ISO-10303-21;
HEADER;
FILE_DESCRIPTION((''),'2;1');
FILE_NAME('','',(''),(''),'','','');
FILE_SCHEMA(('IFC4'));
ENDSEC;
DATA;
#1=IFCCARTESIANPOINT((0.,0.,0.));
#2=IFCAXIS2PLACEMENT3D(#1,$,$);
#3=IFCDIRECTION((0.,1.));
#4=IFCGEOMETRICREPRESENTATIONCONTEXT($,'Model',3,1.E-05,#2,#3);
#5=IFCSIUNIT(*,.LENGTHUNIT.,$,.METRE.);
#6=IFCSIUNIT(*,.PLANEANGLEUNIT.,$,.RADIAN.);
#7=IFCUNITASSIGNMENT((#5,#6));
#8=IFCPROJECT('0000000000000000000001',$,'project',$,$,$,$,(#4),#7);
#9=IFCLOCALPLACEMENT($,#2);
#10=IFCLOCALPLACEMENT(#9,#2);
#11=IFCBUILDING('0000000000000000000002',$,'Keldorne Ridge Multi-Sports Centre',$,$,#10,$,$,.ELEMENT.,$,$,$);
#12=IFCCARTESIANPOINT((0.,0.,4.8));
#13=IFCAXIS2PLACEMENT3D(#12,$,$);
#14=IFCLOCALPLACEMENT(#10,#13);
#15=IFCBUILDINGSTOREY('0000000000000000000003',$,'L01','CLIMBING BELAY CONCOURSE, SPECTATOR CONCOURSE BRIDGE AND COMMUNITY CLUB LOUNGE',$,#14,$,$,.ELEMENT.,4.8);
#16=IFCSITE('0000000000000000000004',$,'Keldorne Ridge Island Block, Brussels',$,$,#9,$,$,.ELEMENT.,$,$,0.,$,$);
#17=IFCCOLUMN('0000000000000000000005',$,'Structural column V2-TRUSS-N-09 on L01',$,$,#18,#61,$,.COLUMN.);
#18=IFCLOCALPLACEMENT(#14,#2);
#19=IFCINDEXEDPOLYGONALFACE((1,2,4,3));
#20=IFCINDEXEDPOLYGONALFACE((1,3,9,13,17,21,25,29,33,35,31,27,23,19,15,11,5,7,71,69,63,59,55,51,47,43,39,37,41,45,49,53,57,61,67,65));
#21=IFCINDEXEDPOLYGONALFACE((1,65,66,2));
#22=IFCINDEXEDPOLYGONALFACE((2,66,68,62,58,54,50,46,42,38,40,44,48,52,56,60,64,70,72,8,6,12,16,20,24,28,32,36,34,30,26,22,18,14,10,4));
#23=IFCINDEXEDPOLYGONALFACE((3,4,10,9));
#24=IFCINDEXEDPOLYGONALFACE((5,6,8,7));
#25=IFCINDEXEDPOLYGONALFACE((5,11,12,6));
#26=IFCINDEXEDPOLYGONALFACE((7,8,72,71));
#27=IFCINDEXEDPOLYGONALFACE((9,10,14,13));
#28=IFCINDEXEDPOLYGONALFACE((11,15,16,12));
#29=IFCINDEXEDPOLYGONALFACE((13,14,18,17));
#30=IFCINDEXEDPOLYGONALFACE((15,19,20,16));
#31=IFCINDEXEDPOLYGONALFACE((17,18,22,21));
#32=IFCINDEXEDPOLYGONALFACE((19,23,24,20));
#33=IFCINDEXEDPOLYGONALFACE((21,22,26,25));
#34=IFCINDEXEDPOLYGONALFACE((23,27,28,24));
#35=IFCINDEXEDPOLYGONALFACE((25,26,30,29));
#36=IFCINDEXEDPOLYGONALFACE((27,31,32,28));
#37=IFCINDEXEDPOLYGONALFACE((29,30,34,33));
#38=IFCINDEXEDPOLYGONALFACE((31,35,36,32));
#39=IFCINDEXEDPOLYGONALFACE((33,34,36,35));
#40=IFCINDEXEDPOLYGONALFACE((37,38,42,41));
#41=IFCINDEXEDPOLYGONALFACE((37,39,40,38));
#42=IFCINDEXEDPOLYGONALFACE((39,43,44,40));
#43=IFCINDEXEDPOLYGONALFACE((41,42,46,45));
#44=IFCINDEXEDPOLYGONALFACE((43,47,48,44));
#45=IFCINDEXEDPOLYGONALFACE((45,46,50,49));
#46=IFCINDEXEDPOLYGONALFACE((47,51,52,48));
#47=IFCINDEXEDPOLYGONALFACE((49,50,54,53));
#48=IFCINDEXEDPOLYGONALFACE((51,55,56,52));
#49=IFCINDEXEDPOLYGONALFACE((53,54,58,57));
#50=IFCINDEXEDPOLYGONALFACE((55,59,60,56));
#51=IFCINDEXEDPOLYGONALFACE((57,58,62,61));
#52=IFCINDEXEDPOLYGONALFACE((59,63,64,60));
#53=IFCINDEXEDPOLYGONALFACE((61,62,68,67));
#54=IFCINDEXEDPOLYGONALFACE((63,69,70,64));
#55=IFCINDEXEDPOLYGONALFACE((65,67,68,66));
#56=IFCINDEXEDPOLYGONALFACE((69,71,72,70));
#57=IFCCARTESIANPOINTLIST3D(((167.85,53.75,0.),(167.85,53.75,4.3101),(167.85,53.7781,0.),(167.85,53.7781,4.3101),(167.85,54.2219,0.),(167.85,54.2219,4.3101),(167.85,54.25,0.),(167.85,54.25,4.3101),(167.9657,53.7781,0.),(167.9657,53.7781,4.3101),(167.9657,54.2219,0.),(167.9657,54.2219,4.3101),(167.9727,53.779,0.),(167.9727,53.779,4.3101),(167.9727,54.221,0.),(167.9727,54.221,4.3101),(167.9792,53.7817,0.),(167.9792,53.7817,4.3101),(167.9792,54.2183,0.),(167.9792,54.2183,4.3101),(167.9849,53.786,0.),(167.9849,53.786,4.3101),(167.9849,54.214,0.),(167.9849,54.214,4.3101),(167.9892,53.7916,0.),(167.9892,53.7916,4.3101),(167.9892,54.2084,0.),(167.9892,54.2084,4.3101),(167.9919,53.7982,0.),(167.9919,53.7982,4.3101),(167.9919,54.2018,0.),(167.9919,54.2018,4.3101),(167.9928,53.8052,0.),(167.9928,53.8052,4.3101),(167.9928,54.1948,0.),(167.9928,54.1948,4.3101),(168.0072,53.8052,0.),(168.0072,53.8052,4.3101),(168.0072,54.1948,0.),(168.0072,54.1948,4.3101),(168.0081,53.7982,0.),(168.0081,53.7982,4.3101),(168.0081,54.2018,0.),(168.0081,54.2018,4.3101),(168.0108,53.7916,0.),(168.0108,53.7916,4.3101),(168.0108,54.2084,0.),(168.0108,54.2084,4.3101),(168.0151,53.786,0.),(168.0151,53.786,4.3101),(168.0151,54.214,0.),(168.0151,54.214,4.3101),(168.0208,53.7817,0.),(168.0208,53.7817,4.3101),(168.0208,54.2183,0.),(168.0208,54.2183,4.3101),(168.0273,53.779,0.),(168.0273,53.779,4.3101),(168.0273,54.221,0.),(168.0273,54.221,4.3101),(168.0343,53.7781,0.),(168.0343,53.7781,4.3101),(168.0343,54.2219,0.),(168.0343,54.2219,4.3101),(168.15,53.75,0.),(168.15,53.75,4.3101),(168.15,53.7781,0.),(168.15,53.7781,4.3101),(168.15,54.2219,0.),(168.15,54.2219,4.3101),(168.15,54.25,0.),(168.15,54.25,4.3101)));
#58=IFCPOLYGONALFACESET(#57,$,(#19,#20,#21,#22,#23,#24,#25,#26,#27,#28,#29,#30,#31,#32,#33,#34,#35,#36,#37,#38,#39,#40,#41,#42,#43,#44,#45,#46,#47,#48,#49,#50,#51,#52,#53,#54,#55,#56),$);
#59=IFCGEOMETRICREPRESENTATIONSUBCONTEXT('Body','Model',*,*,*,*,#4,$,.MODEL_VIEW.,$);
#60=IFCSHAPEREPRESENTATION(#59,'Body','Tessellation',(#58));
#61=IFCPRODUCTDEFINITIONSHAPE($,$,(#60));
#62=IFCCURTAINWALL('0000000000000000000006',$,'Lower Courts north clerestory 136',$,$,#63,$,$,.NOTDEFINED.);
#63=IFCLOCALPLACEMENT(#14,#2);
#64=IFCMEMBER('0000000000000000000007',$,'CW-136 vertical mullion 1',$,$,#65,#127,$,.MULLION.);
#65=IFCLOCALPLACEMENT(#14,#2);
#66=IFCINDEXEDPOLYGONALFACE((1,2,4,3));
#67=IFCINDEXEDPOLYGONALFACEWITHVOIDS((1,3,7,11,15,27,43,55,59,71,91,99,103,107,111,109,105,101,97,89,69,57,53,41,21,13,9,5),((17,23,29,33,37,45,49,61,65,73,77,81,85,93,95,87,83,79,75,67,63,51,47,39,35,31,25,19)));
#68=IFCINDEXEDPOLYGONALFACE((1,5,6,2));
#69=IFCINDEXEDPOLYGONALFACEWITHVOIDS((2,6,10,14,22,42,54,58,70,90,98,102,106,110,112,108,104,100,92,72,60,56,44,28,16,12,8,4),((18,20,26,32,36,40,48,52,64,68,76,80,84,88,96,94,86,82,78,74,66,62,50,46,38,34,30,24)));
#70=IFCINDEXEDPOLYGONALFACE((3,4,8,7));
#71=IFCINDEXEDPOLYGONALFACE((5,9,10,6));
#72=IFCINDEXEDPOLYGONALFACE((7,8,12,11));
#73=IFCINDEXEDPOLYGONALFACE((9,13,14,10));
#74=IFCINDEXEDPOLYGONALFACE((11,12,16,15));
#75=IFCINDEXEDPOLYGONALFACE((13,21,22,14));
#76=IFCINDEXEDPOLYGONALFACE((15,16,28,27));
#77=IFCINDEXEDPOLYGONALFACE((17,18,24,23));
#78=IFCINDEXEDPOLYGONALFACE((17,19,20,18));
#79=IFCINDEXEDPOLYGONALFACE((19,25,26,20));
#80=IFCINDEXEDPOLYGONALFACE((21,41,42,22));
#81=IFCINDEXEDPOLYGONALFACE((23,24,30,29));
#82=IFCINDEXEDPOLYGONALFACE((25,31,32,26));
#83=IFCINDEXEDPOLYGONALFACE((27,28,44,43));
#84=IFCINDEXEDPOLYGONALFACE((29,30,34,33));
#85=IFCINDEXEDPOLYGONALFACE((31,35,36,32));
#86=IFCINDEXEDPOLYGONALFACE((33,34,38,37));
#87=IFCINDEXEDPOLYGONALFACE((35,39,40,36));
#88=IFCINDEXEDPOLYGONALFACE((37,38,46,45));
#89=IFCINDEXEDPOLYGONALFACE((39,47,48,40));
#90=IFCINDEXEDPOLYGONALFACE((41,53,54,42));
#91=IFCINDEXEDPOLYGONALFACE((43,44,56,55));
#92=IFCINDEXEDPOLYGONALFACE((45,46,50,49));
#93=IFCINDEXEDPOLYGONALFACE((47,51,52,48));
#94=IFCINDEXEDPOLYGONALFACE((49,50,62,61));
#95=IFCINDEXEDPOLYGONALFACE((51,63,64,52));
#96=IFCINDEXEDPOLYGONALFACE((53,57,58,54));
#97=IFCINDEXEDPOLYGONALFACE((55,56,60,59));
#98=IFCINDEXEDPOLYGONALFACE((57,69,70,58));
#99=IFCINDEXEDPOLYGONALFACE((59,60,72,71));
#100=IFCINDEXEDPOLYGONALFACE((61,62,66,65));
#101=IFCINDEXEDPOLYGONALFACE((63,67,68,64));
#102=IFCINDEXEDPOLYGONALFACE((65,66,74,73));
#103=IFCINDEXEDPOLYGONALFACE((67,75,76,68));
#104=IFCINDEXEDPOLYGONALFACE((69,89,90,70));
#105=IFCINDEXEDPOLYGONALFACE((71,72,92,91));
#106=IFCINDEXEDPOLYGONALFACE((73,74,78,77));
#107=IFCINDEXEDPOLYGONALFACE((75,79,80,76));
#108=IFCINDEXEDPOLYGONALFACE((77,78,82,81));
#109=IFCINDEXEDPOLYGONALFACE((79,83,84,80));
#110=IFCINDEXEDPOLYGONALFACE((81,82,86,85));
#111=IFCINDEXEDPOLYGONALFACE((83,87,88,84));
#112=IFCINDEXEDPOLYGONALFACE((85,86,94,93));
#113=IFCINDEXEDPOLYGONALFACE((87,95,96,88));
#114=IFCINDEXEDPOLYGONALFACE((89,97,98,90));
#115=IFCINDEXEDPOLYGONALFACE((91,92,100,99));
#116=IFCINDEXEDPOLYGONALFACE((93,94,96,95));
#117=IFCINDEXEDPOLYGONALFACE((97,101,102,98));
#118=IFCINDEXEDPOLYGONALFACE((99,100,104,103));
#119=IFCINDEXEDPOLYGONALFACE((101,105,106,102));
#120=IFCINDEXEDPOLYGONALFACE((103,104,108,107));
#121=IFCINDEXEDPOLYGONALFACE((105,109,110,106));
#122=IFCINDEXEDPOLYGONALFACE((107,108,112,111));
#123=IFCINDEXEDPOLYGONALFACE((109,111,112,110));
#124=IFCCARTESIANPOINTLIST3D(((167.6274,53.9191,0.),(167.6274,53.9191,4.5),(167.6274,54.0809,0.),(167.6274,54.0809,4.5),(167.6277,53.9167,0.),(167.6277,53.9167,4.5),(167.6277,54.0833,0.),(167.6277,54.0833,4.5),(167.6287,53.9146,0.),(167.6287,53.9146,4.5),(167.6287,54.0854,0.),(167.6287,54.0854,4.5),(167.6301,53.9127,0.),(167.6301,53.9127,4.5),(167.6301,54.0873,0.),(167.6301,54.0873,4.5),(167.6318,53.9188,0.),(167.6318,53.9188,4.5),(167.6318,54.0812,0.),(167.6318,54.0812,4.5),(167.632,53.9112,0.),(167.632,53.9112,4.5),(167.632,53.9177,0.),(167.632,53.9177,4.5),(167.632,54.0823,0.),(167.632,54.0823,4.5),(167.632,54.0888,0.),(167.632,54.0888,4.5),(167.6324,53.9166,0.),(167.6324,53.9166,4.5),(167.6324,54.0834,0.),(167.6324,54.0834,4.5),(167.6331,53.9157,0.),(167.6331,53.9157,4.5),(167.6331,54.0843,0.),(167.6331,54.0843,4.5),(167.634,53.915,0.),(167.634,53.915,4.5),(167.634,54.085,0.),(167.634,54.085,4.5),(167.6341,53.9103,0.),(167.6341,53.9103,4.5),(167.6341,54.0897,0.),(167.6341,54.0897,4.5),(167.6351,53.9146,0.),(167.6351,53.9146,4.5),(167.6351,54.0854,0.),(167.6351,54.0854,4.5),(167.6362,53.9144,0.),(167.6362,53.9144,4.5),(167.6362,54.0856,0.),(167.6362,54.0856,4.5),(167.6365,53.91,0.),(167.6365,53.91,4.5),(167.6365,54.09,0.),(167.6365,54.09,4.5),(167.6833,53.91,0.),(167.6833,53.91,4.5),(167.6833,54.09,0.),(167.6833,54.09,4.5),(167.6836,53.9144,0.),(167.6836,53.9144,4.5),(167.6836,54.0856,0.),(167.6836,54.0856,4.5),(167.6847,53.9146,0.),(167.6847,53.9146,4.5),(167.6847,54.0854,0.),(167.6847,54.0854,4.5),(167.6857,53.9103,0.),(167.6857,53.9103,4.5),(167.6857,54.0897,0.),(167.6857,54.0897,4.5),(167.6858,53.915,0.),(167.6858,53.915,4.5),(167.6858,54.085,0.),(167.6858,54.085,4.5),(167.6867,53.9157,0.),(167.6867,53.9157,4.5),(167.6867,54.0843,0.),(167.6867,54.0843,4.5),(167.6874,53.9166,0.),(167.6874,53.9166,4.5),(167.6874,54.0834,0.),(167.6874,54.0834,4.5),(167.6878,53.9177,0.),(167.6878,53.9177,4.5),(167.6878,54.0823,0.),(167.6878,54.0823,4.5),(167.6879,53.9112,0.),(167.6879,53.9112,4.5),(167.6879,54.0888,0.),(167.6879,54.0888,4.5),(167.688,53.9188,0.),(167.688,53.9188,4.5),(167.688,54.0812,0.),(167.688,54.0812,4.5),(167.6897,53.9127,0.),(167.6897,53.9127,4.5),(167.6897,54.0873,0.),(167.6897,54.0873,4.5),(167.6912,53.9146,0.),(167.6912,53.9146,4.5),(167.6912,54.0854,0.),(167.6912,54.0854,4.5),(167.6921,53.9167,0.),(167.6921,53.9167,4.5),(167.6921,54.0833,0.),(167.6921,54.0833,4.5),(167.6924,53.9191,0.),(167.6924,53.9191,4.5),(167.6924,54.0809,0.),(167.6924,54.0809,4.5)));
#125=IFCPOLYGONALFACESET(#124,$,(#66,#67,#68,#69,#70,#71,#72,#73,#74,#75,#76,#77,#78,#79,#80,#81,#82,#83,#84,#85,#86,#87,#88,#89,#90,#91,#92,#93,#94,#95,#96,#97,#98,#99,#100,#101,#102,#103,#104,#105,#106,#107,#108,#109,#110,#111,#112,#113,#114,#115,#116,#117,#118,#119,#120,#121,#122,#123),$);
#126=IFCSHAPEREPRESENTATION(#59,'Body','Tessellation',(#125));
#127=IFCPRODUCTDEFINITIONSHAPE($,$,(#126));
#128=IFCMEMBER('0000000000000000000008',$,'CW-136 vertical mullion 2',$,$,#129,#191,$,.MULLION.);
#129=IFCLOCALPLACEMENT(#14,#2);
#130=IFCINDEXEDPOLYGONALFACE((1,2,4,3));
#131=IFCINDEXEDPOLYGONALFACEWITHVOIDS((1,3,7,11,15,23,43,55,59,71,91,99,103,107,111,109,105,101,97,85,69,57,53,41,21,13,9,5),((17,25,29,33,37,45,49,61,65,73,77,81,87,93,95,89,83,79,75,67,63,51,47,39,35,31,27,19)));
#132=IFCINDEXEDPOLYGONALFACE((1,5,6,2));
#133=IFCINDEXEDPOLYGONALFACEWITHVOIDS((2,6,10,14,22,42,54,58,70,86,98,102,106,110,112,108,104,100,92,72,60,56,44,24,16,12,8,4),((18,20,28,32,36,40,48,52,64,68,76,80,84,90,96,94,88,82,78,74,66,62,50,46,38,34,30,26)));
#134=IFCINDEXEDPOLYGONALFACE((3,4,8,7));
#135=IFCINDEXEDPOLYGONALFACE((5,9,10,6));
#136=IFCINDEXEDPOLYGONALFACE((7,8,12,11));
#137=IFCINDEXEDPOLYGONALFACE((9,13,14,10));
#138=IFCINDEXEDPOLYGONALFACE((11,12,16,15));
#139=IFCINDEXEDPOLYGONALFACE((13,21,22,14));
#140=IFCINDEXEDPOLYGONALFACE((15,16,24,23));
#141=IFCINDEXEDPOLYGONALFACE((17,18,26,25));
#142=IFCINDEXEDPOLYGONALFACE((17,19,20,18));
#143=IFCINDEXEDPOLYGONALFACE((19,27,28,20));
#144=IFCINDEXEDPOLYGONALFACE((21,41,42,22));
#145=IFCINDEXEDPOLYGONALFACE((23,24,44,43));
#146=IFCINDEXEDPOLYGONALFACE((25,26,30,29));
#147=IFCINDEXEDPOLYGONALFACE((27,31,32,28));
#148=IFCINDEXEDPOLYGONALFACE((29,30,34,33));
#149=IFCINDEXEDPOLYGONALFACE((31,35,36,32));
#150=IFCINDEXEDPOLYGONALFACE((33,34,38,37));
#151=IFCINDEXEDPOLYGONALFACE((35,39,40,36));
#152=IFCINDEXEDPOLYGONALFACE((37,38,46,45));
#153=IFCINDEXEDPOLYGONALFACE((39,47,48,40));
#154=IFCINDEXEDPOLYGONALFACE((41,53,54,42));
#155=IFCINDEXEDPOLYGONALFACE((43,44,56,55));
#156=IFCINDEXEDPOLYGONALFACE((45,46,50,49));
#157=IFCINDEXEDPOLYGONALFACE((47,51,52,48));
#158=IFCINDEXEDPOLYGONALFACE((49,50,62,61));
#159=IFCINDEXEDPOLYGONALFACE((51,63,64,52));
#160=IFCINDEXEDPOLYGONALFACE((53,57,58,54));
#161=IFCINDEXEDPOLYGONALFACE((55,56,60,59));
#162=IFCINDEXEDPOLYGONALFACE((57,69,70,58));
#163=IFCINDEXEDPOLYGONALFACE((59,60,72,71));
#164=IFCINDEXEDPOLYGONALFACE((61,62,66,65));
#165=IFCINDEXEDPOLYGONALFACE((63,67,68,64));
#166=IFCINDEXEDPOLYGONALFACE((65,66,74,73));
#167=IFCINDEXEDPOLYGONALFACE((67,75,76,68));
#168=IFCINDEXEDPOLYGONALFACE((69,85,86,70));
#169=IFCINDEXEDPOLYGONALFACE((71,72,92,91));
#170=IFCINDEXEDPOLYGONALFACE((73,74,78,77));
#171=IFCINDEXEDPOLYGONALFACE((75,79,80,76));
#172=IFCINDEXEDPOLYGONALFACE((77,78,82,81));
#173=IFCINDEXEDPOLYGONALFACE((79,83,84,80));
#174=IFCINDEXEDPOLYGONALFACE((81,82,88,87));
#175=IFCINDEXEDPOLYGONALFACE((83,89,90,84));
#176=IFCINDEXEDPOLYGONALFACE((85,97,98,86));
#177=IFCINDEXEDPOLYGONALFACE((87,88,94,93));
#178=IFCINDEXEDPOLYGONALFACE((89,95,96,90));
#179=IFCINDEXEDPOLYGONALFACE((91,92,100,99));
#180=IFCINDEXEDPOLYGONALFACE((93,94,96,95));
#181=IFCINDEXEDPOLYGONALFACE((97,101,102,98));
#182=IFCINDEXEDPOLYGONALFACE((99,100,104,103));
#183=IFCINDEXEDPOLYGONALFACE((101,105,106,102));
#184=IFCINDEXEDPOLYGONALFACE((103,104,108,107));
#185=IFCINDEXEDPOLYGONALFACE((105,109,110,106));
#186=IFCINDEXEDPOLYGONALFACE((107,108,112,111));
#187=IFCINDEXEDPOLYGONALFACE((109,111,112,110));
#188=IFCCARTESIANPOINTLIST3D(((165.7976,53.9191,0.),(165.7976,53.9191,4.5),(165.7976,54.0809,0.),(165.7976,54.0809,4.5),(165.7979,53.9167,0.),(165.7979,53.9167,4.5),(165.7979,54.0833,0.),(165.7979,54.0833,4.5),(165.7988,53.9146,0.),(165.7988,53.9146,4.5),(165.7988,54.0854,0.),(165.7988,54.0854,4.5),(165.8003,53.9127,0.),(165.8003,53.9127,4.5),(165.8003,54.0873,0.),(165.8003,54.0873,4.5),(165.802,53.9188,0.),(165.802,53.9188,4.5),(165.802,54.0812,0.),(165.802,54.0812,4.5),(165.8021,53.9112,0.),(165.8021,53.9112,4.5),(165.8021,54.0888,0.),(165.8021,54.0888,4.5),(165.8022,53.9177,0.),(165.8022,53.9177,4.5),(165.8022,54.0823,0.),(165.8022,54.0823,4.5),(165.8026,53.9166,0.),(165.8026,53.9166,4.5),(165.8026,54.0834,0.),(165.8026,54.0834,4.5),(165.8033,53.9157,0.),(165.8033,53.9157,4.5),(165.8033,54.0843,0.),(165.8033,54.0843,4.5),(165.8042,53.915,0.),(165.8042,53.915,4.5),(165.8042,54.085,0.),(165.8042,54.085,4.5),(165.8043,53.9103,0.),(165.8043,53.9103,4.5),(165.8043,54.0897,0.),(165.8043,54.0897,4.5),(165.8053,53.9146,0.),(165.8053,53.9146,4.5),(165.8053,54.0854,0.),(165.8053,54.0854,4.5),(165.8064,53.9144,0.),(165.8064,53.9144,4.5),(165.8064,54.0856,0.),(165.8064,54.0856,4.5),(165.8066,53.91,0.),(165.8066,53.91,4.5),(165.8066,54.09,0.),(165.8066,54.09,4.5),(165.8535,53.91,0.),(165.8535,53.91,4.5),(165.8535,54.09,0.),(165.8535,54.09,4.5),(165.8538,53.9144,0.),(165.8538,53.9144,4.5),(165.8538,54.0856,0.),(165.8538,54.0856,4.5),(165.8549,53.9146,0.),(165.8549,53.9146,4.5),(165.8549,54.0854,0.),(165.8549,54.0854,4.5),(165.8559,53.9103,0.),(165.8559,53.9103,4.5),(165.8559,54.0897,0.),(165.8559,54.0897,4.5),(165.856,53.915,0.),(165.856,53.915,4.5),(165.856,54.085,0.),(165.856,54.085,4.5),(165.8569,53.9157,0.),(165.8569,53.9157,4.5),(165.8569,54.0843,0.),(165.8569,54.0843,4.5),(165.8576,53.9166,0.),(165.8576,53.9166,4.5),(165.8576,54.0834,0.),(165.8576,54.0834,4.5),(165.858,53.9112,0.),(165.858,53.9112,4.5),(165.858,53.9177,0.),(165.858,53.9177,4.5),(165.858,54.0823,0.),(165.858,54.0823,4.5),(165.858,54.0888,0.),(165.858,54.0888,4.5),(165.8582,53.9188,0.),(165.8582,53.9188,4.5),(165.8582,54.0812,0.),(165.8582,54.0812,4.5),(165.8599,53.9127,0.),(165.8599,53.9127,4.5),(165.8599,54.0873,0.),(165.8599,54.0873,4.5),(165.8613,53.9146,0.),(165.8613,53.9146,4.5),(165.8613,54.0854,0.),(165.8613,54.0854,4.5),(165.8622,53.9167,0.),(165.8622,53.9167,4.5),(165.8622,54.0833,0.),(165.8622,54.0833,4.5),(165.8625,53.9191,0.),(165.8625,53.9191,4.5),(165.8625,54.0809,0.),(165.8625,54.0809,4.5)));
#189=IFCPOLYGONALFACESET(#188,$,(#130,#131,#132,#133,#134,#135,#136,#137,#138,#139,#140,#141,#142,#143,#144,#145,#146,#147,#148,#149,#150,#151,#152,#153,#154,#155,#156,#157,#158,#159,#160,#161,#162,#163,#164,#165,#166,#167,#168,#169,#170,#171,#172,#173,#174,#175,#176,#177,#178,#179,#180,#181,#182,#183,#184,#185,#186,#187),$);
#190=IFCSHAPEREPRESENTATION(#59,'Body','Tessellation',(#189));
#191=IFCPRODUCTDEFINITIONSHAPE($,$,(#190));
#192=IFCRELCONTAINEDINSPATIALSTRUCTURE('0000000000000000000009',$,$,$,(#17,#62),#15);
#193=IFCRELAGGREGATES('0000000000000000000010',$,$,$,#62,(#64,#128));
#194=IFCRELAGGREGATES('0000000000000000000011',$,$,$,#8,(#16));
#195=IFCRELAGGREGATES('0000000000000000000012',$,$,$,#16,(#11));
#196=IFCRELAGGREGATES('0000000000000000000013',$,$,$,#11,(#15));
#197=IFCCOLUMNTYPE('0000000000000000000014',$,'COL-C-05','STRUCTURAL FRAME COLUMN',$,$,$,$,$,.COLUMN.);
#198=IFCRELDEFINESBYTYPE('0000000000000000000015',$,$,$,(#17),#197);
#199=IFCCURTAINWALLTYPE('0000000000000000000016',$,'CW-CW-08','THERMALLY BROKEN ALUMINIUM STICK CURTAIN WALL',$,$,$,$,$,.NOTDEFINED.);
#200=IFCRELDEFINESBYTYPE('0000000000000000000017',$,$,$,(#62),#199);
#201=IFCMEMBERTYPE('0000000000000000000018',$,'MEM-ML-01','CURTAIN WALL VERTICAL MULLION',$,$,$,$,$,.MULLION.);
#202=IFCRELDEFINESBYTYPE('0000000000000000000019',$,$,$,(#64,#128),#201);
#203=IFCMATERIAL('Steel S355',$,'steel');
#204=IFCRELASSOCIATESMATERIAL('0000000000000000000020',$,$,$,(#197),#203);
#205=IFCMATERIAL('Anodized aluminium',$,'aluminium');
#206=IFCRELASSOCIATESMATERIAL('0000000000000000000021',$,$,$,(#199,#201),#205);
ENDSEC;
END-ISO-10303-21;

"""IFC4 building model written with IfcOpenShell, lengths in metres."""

from ifc_helpers import new_model, si_unit, direction, frame, origin, origin_2d, place, context, subcontext, project, spatial, hollow_rectangle, i_section, extrude, material, material_profile, profile_set, type_object, element, aggregate, save


model = new_model("IFC4")

# Units and contexts
model_context = context("Model", 3, precision=1e-05, world=origin(), true_north=direction((0.0, 1.0)))
body_context = subcontext(model_context, "Body", "Model", "MODEL_VIEW")
ifc_project = project(units=[si_unit("LENGTHUNIT", "METRE"), si_unit("PLANEANGLEUNIT", "RADIAN")], contexts=[model_context])

# Site, building, storey
site_placement = place(None, origin())
site = spatial("IfcSite", under=ifc_project, at=site_placement, Name="Keldorne Ridge Island Block, Brussels", CompositionType="ELEMENT", RefElevation=0.0)
building_placement = place(site_placement, origin())
building = spatial("IfcBuilding", under=site, at=building_placement, Name="Keldorne Ridge Multi-Sports Centre", CompositionType="ELEMENT")
storey_placement = place(building_placement, frame((0.0, 0.0, 4.8)))
storey = spatial("IfcBuildingStorey", under=building, at=storey_placement, Name="L01", Description="CLIMBING BELAY CONCOURSE, SPECTATOR CONCOURSE BRIDGE AND COMMUNITY CLUB LOUNGE", CompositionType="ELEMENT", Elevation=4.8)

# Column
ifc_material_1 = material(Name="Steel S355", Category="steel")
ifc_material_profile_1 = material_profile(ifc_material_1, i_section(OverallWidth=0.3, OverallDepth=0.5, WebThickness=0.0144, FlangeThickness=0.0281, FilletRadius=0.0271, at=origin_2d()), Name="HEB 500")
ifc_profile_set_1 = profile_set([ifc_material_profile_1], Name="Steel S355")
column_type = type_object("IfcColumnType", Name="COL-C-05", Description="STRUCTURAL FRAME COLUMN", PredefinedType="COLUMN", material=ifc_profile_set_1)
column_placement = place(storey_placement, frame((168.0, 54.0, 0.0), z_axis=(0.0, 0.0, 1.0), x_axis=(1.0, 0.0, 0.0)))
element("IfcColumn", 1, at=column_placement, inside=storey, type_object=column_type, Name="Structural column V2-TRUSS-N-09 on L01", PredefinedType="COLUMN", context=body_context, shape_type="SweptSolid", body=[
    extrude(i_section(OverallWidth=0.3, OverallDepth=0.5, WebThickness=0.0144, FlangeThickness=0.0281, FilletRadius=0.0271, at=origin_2d()), origin(), (0.0, 0.0, 1.0), 4.3101),
])

# Curtain wall, members
ifc_material_2 = material(Name="Anodized aluminium", Category="aluminium")
curtain_wall_type = type_object("IfcCurtainWallType", Name="CW-CW-08", Description="THERMALLY BROKEN ALUMINIUM STICK CURTAIN WALL", PredefinedType="NOTDEFINED", material=ifc_material_2)
curtain_wall_placement = place(storey_placement, origin())
curtain_wall = element("IfcCurtainWall", 2, at=curtain_wall_placement, inside=storey, type_object=curtain_wall_type, Name="Lower Courts north clerestory 136", PredefinedType="NOTDEFINED")
ifc_material_profile_2 = material_profile(ifc_material_2, hollow_rectangle(XDim=0.0649, YDim=0.1799, WallThickness=0.0044, InnerFilletRadius=0.0044, OuterFilletRadius=0.009, at=origin_2d()), Name="ALU MULLION 180x65x4.5")
ifc_profile_set_2 = profile_set([ifc_material_profile_2], Name="Anodized aluminium")
member_type_1 = type_object("IfcMemberType", Name="MEM-ML-01", Description="CURTAIN WALL VERTICAL MULLION", PredefinedType="MULLION", material=ifc_profile_set_2)
member_1_placement = place(storey_placement, frame((167.6599, 54.0, 0.0), z_axis=(0.0, 0.0, 1.0), x_axis=(1.0, 0.0, 0.0)))
member_1 = element("IfcMember", 3, at=member_1_placement, type_object=member_type_1, Name="CW-136 vertical mullion 1", PredefinedType="MULLION", context=body_context, shape_type="SweptSolid", body=[
    extrude(hollow_rectangle(XDim=0.0649, YDim=0.1799, WallThickness=0.0044, InnerFilletRadius=0.0044, OuterFilletRadius=0.009, at=origin_2d()), origin(), (0.0, 0.0, 1.0), 4.5),
])
member_2_placement = place(storey_placement, frame((165.8301, 54.0, 0.0), z_axis=(0.0, 0.0, 1.0), x_axis=(1.0, 0.0, 0.0)))
member_2 = element("IfcMember", 4, at=member_2_placement, type_object=member_type_1, Name="CW-136 vertical mullion 2", PredefinedType="MULLION", context=body_context, shape_type="SweptSolid", body=[
    extrude(hollow_rectangle(XDim=0.0649, YDim=0.1799, WallThickness=0.0044, InnerFilletRadius=0.0044, OuterFilletRadius=0.009, at=origin_2d()), origin(), (0.0, 0.0, 1.0), 4.5),
])

aggregate(curtain_wall, [member_1, member_2])

save(model, "model.ifc")
